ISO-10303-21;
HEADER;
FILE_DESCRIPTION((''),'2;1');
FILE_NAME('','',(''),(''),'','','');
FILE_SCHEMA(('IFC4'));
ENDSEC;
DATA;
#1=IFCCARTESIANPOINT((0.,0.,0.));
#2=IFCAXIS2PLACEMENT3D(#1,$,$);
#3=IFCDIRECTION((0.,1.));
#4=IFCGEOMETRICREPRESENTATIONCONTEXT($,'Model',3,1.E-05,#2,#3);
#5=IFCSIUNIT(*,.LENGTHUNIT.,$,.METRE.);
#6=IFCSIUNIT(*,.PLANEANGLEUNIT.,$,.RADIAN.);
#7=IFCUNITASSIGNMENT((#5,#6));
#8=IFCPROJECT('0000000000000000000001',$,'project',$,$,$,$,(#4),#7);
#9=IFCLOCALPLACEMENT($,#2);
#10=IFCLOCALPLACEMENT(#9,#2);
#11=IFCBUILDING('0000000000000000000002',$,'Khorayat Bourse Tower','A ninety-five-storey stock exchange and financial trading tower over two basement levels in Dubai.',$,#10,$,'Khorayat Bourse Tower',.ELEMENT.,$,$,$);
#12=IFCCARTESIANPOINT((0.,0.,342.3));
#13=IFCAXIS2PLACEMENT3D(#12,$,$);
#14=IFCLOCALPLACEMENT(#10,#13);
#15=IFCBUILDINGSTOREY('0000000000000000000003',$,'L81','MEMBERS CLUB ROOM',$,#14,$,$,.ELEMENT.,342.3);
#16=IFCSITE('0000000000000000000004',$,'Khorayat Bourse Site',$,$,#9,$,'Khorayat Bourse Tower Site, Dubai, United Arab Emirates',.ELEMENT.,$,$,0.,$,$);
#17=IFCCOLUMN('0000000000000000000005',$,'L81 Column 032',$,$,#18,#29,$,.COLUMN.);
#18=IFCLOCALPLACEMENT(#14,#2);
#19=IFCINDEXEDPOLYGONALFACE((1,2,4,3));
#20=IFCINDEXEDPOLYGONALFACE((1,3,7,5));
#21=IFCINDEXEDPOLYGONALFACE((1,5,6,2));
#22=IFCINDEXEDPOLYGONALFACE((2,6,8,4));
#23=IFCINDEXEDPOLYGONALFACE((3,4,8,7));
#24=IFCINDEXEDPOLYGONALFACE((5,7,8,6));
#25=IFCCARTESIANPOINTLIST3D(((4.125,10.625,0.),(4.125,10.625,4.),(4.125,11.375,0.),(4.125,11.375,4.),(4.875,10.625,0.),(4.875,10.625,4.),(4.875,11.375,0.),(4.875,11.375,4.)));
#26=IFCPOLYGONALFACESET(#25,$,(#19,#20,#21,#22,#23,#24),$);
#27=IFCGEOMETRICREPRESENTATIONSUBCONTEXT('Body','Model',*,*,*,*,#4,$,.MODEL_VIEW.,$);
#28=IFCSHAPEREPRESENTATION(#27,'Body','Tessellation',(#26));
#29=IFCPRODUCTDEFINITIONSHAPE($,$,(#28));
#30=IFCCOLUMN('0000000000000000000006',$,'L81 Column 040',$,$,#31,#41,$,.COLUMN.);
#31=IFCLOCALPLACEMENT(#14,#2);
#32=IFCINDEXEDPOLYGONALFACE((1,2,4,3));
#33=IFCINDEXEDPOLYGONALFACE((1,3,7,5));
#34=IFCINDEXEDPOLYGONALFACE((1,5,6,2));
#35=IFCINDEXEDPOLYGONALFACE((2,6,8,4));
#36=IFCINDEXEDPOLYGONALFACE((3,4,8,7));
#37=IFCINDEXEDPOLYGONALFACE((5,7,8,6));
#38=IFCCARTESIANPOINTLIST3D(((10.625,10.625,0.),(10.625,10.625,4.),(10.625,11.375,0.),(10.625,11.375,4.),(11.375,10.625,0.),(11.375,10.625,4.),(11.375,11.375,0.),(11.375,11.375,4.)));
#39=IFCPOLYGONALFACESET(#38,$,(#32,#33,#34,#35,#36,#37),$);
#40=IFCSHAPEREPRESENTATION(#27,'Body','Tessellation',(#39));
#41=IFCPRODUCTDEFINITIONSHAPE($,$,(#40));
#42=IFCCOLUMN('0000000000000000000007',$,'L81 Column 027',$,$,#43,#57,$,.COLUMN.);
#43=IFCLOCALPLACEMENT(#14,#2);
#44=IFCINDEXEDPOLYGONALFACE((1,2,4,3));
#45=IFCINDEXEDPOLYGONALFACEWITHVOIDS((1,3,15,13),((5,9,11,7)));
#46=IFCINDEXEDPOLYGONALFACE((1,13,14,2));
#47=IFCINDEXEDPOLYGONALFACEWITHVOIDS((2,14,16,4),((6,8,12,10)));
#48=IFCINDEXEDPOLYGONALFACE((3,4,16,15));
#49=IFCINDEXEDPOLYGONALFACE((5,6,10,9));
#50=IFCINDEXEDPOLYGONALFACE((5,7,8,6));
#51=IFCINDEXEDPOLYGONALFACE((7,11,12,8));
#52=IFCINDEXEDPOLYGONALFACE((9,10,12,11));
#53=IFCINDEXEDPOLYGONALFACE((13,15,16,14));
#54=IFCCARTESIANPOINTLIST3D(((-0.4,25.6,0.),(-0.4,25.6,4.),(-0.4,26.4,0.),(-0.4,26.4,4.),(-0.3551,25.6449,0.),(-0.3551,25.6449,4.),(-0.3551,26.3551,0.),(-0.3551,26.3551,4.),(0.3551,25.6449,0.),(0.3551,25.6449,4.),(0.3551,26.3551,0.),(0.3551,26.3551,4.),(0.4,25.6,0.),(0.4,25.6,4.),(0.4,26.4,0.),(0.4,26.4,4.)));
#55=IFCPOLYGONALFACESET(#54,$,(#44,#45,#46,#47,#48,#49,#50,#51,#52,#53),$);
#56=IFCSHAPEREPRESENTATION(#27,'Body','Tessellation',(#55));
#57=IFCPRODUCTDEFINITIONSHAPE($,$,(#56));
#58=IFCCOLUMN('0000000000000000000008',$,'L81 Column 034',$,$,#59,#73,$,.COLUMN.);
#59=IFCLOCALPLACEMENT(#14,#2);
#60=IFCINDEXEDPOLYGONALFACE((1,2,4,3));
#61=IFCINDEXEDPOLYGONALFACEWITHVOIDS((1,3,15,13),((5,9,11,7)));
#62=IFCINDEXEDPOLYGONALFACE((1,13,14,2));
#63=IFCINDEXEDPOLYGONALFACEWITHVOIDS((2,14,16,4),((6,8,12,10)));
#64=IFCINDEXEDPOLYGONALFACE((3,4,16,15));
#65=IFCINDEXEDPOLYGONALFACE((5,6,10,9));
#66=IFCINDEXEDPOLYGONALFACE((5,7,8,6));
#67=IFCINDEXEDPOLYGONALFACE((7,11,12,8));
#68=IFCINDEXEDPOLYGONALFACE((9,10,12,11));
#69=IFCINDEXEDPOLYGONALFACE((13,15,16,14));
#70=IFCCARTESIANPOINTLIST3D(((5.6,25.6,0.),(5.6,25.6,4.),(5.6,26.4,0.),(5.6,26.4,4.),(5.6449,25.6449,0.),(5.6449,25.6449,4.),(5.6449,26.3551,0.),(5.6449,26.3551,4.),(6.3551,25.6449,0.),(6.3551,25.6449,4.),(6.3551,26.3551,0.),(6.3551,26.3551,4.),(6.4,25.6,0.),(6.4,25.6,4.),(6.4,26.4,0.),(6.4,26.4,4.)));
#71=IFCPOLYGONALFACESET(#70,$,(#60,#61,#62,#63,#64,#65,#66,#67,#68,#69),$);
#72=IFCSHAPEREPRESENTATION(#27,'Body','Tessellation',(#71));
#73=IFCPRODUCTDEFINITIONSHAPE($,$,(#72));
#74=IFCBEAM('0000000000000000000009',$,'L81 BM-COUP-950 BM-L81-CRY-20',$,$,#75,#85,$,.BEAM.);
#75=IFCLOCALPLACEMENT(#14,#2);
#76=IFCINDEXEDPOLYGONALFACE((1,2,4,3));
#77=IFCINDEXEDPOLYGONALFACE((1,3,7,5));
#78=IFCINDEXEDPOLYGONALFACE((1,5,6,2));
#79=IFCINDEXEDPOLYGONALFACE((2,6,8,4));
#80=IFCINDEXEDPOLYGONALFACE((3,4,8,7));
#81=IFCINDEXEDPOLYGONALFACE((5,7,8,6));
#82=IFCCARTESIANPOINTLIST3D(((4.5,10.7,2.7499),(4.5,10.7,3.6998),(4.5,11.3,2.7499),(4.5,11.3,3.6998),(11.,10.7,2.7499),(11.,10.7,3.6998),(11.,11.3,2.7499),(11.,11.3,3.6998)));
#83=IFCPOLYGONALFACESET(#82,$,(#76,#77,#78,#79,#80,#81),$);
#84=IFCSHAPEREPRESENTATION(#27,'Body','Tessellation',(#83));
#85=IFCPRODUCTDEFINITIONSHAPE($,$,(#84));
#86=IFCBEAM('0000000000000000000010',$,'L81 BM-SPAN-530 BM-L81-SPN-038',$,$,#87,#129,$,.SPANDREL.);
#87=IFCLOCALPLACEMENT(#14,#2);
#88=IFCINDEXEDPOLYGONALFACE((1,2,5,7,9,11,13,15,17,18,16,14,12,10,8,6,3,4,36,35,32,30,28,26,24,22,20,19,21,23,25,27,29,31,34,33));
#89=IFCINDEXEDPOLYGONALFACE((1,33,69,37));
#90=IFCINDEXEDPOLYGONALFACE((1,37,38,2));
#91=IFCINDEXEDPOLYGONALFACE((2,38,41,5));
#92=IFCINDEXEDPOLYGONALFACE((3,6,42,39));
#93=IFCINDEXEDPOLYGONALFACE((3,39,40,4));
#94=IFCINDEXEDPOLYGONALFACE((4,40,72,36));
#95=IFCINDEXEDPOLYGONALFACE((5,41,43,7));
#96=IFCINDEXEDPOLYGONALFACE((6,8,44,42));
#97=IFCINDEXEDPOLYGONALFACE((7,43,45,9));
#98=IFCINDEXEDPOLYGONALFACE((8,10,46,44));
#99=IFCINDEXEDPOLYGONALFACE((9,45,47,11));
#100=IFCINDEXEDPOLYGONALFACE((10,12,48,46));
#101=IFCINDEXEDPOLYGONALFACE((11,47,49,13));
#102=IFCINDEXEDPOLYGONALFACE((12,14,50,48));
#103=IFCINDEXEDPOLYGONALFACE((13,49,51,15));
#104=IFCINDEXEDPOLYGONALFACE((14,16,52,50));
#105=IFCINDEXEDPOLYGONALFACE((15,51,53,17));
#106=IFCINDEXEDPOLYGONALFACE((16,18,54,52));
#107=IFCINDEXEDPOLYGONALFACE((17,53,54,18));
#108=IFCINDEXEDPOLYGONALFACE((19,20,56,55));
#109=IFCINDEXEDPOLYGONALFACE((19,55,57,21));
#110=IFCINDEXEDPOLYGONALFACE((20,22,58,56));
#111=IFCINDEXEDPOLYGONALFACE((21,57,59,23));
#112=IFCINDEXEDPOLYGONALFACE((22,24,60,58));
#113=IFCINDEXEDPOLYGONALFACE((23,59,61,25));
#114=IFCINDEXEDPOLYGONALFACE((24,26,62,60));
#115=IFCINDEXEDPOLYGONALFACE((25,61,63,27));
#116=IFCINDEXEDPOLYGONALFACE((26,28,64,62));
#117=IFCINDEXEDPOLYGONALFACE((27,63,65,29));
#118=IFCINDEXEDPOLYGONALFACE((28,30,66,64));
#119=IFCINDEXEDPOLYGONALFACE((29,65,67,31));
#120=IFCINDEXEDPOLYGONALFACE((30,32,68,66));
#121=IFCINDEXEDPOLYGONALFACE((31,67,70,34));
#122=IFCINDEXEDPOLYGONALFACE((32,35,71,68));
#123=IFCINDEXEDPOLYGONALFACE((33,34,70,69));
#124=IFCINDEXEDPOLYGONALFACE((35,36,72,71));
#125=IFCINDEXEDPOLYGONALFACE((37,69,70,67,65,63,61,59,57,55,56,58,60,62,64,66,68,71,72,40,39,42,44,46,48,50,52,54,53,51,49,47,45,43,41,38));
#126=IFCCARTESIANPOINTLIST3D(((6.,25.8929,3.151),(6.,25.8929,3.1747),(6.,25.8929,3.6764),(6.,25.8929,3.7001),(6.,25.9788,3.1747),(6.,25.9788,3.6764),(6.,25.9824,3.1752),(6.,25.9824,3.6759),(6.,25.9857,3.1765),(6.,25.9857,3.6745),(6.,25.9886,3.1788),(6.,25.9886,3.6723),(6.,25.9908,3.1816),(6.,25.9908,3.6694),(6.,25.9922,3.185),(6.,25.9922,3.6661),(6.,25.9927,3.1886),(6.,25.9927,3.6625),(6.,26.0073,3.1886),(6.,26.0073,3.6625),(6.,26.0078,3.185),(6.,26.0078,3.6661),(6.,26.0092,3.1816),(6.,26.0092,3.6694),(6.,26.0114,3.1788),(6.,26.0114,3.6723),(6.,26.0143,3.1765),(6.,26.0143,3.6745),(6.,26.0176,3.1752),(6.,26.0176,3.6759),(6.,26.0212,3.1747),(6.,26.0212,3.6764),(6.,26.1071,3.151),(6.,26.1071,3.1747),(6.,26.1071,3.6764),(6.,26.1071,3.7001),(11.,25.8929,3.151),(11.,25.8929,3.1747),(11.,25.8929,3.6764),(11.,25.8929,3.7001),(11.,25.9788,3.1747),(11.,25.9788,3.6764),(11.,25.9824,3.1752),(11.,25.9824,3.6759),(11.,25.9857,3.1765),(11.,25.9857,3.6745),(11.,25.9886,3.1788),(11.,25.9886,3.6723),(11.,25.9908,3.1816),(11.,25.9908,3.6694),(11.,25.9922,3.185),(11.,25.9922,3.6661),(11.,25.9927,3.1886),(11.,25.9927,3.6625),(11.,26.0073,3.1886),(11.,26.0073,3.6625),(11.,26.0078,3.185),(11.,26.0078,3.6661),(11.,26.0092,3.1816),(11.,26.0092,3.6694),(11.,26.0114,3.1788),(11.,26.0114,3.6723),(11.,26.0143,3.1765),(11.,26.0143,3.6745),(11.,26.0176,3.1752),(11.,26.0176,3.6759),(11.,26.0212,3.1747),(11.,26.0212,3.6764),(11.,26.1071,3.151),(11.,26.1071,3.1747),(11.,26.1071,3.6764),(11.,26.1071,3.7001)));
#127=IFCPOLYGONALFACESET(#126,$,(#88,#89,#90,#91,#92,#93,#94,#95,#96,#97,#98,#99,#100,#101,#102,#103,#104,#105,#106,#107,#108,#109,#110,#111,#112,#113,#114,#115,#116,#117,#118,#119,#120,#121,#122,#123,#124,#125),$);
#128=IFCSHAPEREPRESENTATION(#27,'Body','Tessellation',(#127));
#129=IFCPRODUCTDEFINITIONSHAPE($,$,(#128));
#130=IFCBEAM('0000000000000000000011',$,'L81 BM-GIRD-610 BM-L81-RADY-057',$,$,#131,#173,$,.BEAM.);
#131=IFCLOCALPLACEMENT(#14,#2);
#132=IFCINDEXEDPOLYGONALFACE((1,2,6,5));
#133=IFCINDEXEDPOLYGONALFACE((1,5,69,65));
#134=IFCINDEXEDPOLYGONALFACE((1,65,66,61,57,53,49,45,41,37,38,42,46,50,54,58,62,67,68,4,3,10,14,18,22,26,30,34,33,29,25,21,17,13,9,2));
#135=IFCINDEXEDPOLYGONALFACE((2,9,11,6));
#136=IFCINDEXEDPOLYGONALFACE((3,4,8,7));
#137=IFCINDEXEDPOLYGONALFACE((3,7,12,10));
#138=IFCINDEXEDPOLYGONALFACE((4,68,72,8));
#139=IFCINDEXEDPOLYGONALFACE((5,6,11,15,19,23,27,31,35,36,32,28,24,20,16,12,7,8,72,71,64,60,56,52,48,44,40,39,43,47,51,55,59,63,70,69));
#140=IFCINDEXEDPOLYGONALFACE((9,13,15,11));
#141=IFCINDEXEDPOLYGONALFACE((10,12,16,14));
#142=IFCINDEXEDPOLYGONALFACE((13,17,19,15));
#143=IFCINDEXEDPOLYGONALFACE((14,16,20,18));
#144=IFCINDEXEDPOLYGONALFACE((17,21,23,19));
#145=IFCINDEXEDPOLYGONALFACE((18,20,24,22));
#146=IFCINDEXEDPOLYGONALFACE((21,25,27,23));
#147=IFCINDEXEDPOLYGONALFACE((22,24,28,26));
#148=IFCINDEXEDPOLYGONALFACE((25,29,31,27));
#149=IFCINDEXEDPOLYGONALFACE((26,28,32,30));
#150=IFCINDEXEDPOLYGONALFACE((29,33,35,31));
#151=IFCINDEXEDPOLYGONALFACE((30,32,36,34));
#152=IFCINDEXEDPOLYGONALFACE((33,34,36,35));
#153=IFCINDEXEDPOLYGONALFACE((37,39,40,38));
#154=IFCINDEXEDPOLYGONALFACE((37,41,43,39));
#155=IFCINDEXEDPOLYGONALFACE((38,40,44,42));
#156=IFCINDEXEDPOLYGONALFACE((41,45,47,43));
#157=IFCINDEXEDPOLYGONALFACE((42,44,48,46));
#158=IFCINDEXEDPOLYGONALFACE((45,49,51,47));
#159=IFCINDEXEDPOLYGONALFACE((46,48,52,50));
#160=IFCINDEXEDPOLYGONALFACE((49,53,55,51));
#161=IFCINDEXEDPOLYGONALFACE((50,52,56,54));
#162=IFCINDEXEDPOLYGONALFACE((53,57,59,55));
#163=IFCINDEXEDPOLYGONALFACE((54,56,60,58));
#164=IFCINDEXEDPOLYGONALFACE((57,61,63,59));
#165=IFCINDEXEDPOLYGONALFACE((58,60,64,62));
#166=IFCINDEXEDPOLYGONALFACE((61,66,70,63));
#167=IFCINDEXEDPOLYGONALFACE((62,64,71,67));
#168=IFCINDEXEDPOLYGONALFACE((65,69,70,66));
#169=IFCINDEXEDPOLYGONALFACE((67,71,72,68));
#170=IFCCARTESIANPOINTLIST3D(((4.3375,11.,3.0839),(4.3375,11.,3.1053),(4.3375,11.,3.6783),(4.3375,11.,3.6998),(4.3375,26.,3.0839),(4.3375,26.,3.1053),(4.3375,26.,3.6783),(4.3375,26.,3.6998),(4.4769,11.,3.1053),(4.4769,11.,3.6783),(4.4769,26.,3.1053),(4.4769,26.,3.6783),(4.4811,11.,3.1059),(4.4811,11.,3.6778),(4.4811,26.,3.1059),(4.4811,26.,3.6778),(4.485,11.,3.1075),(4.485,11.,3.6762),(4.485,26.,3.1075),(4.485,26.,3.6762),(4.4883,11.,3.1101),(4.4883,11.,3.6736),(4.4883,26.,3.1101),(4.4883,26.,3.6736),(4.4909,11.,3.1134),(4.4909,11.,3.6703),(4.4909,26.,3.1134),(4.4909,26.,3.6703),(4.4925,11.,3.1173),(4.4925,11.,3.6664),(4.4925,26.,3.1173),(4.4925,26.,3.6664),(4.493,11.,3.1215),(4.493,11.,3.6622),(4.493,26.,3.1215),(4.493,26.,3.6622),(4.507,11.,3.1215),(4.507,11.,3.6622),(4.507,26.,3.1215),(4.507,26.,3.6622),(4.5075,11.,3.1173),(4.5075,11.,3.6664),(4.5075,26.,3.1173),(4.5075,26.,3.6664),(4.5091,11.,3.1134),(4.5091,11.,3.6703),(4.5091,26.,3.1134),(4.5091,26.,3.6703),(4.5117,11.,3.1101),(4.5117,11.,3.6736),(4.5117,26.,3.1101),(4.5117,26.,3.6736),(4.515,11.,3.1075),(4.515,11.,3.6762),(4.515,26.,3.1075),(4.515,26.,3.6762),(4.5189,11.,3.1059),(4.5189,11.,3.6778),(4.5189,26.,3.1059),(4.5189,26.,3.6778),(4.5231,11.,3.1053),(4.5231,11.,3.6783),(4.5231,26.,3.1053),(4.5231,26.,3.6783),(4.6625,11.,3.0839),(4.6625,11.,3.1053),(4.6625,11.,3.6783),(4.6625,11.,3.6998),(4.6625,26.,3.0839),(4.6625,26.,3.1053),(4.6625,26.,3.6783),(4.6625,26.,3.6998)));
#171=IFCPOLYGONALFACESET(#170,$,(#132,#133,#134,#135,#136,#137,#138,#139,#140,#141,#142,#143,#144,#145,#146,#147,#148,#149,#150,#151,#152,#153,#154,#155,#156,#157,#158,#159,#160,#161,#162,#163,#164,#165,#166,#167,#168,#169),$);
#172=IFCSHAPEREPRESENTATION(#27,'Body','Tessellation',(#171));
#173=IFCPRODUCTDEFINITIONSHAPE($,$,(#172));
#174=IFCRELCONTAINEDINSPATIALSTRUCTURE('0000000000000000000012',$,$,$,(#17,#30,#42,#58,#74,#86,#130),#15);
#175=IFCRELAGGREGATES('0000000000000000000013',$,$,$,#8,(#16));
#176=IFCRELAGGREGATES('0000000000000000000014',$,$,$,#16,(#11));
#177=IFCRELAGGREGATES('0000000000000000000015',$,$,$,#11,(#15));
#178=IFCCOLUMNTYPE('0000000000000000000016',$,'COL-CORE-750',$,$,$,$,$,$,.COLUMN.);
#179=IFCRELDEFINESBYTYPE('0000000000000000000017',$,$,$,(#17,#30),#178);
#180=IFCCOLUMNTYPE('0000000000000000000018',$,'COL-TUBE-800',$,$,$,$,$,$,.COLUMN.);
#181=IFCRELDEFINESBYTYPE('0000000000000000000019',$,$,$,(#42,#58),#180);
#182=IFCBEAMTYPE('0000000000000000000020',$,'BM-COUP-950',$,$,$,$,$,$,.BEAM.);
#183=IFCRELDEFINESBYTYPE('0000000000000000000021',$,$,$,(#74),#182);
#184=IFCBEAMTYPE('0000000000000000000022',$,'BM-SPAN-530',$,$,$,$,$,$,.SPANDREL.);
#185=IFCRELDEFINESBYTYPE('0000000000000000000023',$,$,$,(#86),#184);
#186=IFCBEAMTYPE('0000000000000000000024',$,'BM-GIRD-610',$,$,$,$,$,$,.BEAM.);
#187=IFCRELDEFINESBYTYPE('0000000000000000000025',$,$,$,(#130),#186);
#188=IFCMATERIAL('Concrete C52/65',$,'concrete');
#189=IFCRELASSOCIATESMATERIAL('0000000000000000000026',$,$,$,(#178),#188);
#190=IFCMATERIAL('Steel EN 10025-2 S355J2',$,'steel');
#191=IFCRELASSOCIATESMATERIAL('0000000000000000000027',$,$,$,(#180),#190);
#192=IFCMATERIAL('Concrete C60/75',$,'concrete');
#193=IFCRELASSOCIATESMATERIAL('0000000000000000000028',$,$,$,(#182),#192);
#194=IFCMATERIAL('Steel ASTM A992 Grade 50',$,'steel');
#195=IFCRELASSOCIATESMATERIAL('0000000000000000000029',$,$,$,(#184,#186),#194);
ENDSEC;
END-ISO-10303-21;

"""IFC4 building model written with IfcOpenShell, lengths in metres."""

from ifc_helpers import new_model, si_unit, direction, frame, origin, origin_2d, place, context, subcontext, project, spatial, rectangle, hollow_rectangle, i_section, extrude, source, transform, mapped, material, material_profile, profile_set, type_object, element, save


model = new_model("IFC4")

# Units and contexts
model_context = context("Model", 3, precision=1e-05, world=origin(), true_north=direction((0.0, 1.0)))
body_context = subcontext(model_context, "Body", "Model", "MODEL_VIEW")
ifc_project = project(units=[si_unit("LENGTHUNIT", "METRE"), si_unit("PLANEANGLEUNIT", "RADIAN")], contexts=[model_context])

# Site, building, storey
site_placement = place(None, origin())
site = spatial("IfcSite", under=ifc_project, at=site_placement, Name="Khorayat Bourse Site", LongName="Khorayat Bourse Tower Site, Dubai, United Arab Emirates", CompositionType="ELEMENT", RefElevation=0.0)
building_placement = place(site_placement, origin())
building = spatial("IfcBuilding", under=site, at=building_placement, Name="Khorayat Bourse Tower", Description="A ninety-five-storey stock exchange and financial trading tower over two basement levels in Dubai.", LongName="Khorayat Bourse Tower", CompositionType="ELEMENT")
storey_placement = place(building_placement, frame((0.0, 0.0, 342.3)))
storey = spatial("IfcBuildingStorey", under=building, at=storey_placement, Name="L81", Description="MEMBERS CLUB ROOM", CompositionType="ELEMENT", Elevation=342.3)

# Columns
ifc_material_1 = material(Name="Concrete C52/65", Category="concrete")
ifc_material_profile_1 = material_profile(ifc_material_1, rectangle(XDim=0.75, YDim=0.75, at=origin_2d()), Name="RC 750x750")
ifc_profile_set_1 = profile_set([ifc_material_profile_1], Name="Concrete C52/65")
column_type_1 = type_object("IfcColumnType", Name="COL-CORE-750", PredefinedType="COLUMN", material=ifc_profile_set_1)
shared_shape_1 = source(origin(), body_context, "Body", "SweptSolid", [
    extrude(rectangle(XDim=0.75, YDim=0.75, at=origin_2d()), origin(), (0.0, 0.0, 1.0), 4.0),
])
for number, where, z_axis, x_axis, name in (
    (1, (4.5, 11.0, 0.0), (0.0, 0.0, 1.0), (1.0, 0.0, 0.0), "L81 Column 032"),
    (2, (11.0, 11.0, 0.0), (0.0, 0.0, 1.0), (1.0, 0.0, 0.0), "L81 Column 040"),
):
    element("IfcColumn", number, at=place(storey_placement, frame(where, z_axis=z_axis, x_axis=x_axis)), inside=storey, type_object=column_type_1, Name=name, PredefinedType="COLUMN", context=body_context, shape_type="MappedRepresentation", body=[
        mapped(shared_shape_1, transform((0.0, 0.0, 0.0), scale=1.0)),
    ])
ifc_material_2 = material(Name="Steel EN 10025-2 S355J2", Category="steel")
ifc_material_profile_2 = material_profile(ifc_material_2, hollow_rectangle(XDim=0.8, YDim=0.8, WallThickness=0.0449, at=origin_2d()), Name="BOX 800x800x45")
ifc_profile_set_2 = profile_set([ifc_material_profile_2], Name="Steel EN 10025-2 S355J2")
column_type_2 = type_object("IfcColumnType", Name="COL-TUBE-800", PredefinedType="COLUMN", material=ifc_profile_set_2)
shared_shape_2 = source(origin(), body_context, "Body", "SweptSolid", [
    extrude(hollow_rectangle(XDim=0.8, YDim=0.8, WallThickness=0.0449, at=origin_2d()), origin(), (0.0, 0.0, 1.0), 4.0),
])
for number, where, z_axis, x_axis, name in (
    (3, (0.0, 26.0, 0.0), (0.0, 0.0, 1.0), (1.0, 0.0, 0.0), "L81 Column 027"),
    (4, (6.0, 26.0, 0.0), (0.0, 0.0, 1.0), (1.0, 0.0, 0.0), "L81 Column 034"),
):
    element("IfcColumn", number, at=place(storey_placement, frame(where, z_axis=z_axis, x_axis=x_axis)), inside=storey, type_object=column_type_2, Name=name, PredefinedType="COLUMN", context=body_context, shape_type="MappedRepresentation", body=[
        mapped(shared_shape_2, transform((0.0, 0.0, 0.0), scale=1.0)),
    ])

# Beams
ifc_material_3 = material(Name="Concrete C60/75", Category="concrete")
ifc_material_profile_3 = material_profile(ifc_material_3, rectangle(XDim=0.6001, YDim=0.95, at=origin_2d()), Name="RC 600x950")
ifc_profile_set_3 = profile_set([ifc_material_profile_3], Name="Concrete C60/75")
beam_type_1 = type_object("IfcBeamType", Name="BM-COUP-950", PredefinedType="BEAM", material=ifc_profile_set_3)
shared_shape_3 = source(origin(), body_context, "Body", "SweptSolid", [
    extrude(rectangle(XDim=0.6001, YDim=0.95, at=origin_2d()), origin(), (0.0, 0.0, 1.0), 6.5),
])
beam_1_placement = place(storey_placement, frame((4.5, 11.0, 3.2249), z_axis=(1.0, 0.0, 0.0), x_axis=(0.0, 1.0, 0.0)))
element("IfcBeam", 5, at=beam_1_placement, inside=storey, type_object=beam_type_1, Name="L81 BM-COUP-950 BM-L81-CRY-20", PredefinedType="BEAM", context=body_context, shape_type="MappedRepresentation", body=[
    mapped(shared_shape_3, transform((0.0, 0.0, 0.0), scale=1.0)),
])
ifc_material_4 = material(Name="Steel ASTM A992 Grade 50", Category="steel")
ifc_material_profile_4 = material_profile(ifc_material_4, i_section(OverallWidth=0.2141, OverallDepth=0.5491, WebThickness=0.0146, FlangeThickness=0.0237, FilletRadius=0.0139, at=origin_2d()), Name="W530X138")
ifc_profile_set_4 = profile_set([ifc_material_profile_4], Name="Steel ASTM A992 Grade 50")
beam_type_2 = type_object("IfcBeamType", Name="BM-SPAN-530", PredefinedType="SPANDREL", material=ifc_profile_set_4)
shared_shape_4 = source(origin(), body_context, "Body", "SweptSolid", [
    extrude(i_section(OverallWidth=0.2141, OverallDepth=0.5491, WebThickness=0.0146, FlangeThickness=0.0237, FilletRadius=0.0139, at=origin_2d()), origin(), (0.0, 0.0, 1.0), 5.0),
])
beam_2_placement = place(storey_placement, frame((6.0, 26.0, 3.4255), z_axis=(1.0, 0.0, 0.0), x_axis=(0.0, 1.0, 0.0)))
element("IfcBeam", 6, at=beam_2_placement, inside=storey, type_object=beam_type_2, Name="L81 BM-SPAN-530 BM-L81-SPN-038", PredefinedType="SPANDREL", context=body_context, shape_type="MappedRepresentation", body=[
    mapped(shared_shape_4, transform((0.0, 0.0, 0.0), scale=1.0)),
])
ifc_material_profile_5 = material_profile(ifc_material_4, i_section(OverallWidth=0.325, OverallDepth=0.616, WebThickness=0.0139, FlangeThickness=0.0215, FilletRadius=0.0161, at=origin_2d()), Name="W610X174")
ifc_profile_set_5 = profile_set([ifc_material_profile_5], Name="Steel ASTM A992 Grade 50")
beam_type_3 = type_object("IfcBeamType", Name="BM-GIRD-610", PredefinedType="BEAM", material=ifc_profile_set_5)
shared_shape_5 = source(origin(), body_context, "Body", "SweptSolid", [
    extrude(i_section(OverallWidth=0.325, OverallDepth=0.616, WebThickness=0.0139, FlangeThickness=0.0215, FilletRadius=0.0161, at=origin_2d()), origin(), (0.0, 0.0, 1.0), 15.0),
])
for number, where, z_axis, x_axis, name in (
    (7, (4.5, 11.0, 3.3918), (0.0, 1.0, 0.0), (-1.0, 0.0, 0.0), "L81 BM-GIRD-610 BM-L81-RADY-057"),
):
    element("IfcBeam", number, at=place(storey_placement, frame(where, z_axis=z_axis, x_axis=x_axis)), inside=storey, type_object=beam_type_3, Name=name, PredefinedType="BEAM", context=body_context, shape_type="MappedRepresentation", body=[
        mapped(shared_shape_5, transform((0.0, 0.0, 0.0), scale=1.0)),
    ])

save(model, "model.ifc")
